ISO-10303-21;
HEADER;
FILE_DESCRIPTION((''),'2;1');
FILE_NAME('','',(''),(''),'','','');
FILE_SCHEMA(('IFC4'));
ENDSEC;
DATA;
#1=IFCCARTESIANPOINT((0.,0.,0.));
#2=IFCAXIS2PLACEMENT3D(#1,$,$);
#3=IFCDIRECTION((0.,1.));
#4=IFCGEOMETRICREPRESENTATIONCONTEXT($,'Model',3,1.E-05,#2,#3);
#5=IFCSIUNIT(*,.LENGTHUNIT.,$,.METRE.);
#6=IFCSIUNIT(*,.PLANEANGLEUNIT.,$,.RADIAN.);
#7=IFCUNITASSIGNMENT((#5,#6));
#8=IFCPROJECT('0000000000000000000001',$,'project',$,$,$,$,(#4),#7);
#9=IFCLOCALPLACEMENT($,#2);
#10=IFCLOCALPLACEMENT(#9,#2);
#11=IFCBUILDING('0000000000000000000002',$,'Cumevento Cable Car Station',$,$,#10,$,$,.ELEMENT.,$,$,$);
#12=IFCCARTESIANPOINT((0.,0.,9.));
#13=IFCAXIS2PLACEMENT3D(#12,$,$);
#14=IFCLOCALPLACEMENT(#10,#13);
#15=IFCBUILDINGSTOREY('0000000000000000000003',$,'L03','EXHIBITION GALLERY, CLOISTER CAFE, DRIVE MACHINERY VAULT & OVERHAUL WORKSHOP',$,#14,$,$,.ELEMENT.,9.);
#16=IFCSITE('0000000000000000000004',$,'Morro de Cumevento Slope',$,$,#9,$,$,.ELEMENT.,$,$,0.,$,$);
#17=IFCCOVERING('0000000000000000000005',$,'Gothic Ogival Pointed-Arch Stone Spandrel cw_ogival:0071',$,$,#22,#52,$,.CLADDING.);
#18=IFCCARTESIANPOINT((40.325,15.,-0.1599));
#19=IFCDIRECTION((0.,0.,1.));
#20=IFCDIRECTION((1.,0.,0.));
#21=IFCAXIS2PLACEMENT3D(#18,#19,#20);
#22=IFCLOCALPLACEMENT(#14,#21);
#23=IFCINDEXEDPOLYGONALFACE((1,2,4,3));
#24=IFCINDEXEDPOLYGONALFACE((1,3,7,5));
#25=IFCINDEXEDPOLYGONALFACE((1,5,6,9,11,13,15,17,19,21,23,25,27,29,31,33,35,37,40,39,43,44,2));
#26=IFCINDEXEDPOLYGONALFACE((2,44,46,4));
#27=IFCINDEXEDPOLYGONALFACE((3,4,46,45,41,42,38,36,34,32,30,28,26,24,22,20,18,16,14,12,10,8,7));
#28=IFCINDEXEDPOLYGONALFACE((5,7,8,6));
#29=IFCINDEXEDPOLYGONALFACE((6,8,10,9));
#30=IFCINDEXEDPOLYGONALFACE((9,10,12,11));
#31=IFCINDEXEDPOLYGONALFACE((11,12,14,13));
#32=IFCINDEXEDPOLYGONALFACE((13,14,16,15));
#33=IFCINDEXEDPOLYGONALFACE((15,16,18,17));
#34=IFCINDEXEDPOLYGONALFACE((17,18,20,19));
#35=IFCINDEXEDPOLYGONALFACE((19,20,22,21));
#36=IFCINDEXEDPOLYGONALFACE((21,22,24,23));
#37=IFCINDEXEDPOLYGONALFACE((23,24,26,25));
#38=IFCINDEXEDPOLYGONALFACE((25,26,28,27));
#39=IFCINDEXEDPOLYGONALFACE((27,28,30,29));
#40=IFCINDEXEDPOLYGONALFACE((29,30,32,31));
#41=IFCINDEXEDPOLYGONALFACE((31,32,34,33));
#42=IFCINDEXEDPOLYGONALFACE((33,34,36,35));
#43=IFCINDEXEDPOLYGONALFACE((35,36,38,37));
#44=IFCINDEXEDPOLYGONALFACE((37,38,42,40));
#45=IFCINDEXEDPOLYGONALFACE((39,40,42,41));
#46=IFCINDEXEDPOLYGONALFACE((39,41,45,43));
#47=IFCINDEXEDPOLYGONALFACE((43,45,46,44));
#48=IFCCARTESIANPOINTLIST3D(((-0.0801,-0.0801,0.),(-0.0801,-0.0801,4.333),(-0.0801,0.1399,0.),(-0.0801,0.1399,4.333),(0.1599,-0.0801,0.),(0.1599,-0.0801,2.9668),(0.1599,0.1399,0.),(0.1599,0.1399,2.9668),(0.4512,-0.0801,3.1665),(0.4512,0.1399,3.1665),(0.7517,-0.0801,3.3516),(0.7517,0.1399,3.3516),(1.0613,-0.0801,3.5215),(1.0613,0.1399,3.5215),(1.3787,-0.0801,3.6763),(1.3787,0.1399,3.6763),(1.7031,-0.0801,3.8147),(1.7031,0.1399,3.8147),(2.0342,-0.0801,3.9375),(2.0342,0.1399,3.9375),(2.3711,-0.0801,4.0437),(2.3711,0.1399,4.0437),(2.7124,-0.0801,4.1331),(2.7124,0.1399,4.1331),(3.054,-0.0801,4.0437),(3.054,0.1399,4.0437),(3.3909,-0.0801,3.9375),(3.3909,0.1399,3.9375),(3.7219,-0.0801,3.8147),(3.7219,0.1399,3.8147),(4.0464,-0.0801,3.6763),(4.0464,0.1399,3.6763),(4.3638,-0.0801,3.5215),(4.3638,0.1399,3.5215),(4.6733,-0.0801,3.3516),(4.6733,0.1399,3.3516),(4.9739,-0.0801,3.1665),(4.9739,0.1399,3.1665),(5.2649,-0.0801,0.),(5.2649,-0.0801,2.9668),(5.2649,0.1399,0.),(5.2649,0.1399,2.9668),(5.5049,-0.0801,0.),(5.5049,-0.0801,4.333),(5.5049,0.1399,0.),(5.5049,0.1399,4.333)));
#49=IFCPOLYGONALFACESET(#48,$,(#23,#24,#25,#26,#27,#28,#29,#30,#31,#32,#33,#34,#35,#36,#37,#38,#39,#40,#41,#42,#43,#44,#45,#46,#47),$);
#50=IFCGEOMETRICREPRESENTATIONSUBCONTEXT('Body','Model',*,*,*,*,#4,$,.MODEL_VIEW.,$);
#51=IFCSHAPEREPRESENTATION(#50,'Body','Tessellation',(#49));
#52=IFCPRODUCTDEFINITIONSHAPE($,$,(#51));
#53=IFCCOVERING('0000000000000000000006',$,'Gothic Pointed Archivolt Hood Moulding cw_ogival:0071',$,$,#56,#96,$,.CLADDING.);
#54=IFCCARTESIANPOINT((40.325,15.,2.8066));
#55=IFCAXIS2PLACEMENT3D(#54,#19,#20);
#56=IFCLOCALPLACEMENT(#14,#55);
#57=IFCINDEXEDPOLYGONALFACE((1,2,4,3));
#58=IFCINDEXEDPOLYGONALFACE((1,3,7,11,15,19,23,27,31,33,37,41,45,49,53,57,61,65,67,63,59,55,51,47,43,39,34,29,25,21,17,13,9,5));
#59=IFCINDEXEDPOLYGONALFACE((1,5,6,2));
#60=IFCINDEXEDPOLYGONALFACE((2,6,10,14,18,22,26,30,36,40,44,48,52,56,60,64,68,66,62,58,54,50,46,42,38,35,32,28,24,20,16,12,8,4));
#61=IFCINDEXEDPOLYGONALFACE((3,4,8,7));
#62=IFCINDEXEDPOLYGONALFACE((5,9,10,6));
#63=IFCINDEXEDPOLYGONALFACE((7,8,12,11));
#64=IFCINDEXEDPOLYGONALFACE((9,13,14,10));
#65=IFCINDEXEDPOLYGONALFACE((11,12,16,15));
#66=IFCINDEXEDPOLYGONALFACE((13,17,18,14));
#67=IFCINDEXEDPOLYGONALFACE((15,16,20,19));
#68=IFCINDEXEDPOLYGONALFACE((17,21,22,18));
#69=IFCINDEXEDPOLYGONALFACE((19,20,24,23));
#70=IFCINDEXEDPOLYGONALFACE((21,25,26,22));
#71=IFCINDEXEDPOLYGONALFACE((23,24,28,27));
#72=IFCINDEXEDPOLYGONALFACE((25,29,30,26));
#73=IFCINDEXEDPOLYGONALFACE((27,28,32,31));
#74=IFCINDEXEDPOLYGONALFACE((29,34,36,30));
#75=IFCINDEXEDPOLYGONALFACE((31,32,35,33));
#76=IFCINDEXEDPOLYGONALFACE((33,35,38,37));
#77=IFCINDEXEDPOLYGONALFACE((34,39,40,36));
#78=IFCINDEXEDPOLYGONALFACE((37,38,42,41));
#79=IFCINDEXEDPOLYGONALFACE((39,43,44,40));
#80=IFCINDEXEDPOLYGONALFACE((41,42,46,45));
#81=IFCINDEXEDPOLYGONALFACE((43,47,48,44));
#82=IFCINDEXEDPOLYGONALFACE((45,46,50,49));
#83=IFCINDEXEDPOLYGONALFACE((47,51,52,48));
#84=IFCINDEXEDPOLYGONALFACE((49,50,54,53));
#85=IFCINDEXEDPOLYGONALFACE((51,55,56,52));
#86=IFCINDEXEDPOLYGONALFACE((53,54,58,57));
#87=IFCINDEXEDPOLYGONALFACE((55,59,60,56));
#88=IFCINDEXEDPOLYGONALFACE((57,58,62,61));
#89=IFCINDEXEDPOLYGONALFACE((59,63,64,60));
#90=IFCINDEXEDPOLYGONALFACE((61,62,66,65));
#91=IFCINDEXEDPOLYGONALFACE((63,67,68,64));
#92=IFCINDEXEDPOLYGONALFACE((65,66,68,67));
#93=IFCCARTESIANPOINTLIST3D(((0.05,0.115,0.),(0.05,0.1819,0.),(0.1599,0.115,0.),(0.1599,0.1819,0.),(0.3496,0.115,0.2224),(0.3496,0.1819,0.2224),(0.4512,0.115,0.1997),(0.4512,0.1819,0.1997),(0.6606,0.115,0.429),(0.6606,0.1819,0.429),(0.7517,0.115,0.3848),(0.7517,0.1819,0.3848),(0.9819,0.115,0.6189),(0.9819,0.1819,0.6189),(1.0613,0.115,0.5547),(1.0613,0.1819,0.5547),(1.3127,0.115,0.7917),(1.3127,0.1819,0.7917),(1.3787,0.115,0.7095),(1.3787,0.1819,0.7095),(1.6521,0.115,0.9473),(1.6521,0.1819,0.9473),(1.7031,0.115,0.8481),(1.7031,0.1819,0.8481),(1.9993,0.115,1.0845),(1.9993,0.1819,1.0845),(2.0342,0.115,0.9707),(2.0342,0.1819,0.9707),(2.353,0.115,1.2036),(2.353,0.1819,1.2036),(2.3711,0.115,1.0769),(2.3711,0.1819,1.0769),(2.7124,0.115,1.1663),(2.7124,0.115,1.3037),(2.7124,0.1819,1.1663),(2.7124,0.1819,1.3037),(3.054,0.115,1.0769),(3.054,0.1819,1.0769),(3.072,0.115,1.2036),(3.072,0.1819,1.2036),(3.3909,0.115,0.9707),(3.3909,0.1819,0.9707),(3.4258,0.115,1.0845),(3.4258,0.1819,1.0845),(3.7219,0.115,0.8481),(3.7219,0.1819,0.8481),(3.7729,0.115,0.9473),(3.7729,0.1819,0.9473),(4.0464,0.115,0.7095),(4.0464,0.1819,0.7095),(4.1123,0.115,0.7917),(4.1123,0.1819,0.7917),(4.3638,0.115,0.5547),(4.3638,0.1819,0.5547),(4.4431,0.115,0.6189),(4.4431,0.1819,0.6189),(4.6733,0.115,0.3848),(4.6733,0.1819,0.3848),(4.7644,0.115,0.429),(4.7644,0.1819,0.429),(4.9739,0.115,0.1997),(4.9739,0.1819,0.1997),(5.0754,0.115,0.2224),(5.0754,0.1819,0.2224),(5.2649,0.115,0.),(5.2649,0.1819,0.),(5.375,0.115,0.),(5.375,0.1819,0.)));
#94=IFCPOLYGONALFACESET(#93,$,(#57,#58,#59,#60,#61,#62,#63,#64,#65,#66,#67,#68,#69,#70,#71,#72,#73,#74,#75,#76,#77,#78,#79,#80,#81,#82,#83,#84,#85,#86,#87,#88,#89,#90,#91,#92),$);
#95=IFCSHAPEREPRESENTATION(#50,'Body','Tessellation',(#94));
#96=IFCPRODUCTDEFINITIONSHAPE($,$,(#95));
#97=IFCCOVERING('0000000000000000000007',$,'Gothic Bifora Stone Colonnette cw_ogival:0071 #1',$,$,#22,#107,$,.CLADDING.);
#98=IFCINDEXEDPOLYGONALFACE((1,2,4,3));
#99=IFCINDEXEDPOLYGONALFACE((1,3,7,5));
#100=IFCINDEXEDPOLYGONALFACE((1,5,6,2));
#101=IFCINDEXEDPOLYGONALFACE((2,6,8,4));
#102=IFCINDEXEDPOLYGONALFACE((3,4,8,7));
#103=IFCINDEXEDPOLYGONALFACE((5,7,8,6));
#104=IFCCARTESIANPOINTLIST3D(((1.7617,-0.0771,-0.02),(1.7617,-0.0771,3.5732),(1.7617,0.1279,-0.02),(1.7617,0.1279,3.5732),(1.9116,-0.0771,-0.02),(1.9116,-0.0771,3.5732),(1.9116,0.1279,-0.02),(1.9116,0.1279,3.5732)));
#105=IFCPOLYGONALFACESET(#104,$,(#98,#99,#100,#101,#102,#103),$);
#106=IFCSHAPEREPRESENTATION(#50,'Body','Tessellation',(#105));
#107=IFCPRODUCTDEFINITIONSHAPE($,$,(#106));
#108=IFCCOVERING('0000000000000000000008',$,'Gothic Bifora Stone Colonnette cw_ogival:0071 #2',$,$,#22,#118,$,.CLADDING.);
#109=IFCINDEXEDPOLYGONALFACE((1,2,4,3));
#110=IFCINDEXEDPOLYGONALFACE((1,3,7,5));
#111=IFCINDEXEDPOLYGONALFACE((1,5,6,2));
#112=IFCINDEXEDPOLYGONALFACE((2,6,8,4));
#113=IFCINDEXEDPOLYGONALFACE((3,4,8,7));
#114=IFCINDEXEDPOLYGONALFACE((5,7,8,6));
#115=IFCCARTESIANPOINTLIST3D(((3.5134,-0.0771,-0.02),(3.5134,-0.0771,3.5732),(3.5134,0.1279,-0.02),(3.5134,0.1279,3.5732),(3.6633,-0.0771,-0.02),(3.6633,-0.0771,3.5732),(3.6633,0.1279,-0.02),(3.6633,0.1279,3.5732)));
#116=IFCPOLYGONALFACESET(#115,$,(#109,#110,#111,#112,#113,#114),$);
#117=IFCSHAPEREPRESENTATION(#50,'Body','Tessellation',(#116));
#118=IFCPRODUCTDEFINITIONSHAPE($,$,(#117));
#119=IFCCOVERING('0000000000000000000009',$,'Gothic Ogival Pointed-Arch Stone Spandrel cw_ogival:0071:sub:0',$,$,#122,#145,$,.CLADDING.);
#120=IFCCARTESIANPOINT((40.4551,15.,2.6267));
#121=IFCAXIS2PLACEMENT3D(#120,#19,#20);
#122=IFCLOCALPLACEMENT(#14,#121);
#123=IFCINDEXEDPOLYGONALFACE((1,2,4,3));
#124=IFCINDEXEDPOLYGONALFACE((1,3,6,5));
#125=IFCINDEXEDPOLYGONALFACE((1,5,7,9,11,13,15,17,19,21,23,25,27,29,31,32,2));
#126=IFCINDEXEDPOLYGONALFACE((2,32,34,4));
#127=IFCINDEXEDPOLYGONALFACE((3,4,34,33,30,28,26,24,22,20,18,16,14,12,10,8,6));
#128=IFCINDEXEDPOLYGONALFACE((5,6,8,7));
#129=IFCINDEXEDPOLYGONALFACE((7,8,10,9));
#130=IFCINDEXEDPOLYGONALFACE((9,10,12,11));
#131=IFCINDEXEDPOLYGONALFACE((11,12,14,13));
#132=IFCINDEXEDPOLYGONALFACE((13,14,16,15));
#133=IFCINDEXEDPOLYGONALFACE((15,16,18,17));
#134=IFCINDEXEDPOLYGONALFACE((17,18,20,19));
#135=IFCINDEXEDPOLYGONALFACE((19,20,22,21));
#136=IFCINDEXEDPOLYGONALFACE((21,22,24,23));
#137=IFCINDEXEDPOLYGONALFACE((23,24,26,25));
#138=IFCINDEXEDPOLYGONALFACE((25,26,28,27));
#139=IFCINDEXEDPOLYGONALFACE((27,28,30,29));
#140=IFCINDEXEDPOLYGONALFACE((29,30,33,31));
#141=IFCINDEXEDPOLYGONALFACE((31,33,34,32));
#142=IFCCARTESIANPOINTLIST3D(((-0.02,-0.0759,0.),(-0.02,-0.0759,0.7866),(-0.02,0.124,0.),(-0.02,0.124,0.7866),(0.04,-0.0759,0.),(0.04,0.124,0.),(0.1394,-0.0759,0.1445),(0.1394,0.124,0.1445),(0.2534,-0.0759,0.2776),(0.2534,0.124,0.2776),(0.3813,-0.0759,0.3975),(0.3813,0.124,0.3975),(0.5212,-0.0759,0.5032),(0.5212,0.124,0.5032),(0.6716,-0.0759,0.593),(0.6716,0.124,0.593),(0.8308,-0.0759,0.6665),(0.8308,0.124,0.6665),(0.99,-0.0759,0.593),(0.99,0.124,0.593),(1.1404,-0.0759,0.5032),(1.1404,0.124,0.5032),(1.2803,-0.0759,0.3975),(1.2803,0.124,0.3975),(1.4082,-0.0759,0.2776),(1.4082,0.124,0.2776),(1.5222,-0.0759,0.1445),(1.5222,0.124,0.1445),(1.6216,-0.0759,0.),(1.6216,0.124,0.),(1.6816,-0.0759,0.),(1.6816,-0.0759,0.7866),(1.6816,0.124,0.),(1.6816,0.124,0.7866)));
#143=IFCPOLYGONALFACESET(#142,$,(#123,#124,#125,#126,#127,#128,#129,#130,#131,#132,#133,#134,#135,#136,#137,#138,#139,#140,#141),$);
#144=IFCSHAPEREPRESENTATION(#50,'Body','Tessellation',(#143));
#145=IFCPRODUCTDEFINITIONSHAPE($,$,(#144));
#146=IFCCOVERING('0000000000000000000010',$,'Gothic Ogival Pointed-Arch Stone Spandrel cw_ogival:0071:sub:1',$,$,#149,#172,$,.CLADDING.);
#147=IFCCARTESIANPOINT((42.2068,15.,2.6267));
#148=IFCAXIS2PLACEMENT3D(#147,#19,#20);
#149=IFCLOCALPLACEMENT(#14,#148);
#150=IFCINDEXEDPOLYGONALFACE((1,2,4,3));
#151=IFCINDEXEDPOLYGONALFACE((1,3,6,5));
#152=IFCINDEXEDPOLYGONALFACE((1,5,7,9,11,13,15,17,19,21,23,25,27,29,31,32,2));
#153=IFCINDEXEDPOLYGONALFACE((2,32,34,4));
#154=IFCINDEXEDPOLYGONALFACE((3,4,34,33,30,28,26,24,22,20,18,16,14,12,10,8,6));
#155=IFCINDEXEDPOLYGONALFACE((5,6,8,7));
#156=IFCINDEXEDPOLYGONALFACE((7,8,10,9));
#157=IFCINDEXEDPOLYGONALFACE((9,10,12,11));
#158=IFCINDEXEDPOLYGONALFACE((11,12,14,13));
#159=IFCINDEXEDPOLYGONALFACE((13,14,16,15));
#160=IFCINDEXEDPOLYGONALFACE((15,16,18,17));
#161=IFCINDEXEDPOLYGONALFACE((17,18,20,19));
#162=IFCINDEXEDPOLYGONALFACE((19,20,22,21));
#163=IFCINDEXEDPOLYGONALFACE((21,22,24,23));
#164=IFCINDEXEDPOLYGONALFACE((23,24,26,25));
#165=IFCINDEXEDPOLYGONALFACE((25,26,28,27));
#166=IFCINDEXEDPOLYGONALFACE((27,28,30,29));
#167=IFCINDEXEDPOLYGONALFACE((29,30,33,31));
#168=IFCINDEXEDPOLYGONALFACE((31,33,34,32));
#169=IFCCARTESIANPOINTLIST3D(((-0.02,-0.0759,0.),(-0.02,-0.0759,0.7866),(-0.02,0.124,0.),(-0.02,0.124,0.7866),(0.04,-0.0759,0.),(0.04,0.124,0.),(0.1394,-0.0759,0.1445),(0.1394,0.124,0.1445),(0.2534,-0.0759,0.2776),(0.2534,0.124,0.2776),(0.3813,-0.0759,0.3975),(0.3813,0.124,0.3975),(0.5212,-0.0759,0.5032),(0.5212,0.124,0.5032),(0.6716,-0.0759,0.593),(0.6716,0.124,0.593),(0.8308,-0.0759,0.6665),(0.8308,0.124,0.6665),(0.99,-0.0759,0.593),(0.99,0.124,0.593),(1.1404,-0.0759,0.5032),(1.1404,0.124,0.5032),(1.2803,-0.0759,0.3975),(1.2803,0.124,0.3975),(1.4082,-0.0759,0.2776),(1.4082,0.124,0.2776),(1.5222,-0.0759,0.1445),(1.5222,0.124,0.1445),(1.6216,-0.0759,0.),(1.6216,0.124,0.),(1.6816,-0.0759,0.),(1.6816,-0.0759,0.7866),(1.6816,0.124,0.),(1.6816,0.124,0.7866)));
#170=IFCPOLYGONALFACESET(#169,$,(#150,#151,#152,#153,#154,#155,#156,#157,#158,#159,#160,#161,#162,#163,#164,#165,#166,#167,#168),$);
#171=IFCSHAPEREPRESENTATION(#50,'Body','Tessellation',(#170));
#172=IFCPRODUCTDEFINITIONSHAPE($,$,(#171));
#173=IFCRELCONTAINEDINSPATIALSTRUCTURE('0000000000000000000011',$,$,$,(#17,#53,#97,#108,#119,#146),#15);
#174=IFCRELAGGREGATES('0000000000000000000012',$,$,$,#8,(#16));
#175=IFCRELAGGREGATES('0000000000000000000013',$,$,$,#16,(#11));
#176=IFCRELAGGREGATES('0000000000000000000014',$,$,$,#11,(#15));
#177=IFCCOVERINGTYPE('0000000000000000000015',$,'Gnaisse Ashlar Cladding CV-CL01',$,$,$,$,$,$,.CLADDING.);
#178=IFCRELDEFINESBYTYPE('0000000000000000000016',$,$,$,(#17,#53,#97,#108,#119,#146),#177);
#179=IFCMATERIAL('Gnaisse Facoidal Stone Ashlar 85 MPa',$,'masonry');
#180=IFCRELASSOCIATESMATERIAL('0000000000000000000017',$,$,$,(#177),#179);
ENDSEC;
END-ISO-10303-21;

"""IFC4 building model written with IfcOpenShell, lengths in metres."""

from ifc_helpers import new_model, si_unit, direction, frame, origin, place, context, subcontext, project, spatial, polyline, outline, extrude, material, type_object, element, save


model = new_model("IFC4")

# Units and contexts
model_context = context("Model", 3, precision=1e-05, world=origin(), true_north=direction((0.0, 1.0)))
body_context = subcontext(model_context, "Body", "Model", "MODEL_VIEW")
ifc_project = project(units=[si_unit("LENGTHUNIT", "METRE"), si_unit("PLANEANGLEUNIT", "RADIAN")], contexts=[model_context])

# Site, building, storey
site_placement = place(None, origin())
site = spatial("IfcSite", under=ifc_project, at=site_placement, Name="Morro de Cumevento Slope", CompositionType="ELEMENT", RefElevation=0.0)
building_placement = place(site_placement, origin())
building = spatial("IfcBuilding", under=site, at=building_placement, Name="Cumevento Cable Car Station", CompositionType="ELEMENT")
storey_placement = place(building_placement, frame((0.0, 0.0, 9.0)))
storey = spatial("IfcBuildingStorey", under=building, at=storey_placement, Name="L03", Description="EXHIBITION GALLERY, CLOISTER CAFE, DRIVE MACHINERY VAULT & OVERHAUL WORKSHOP", CompositionType="ELEMENT", Elevation=9.0)

# Coverings
ifc_material_1 = material(Name="Gnaisse Facoidal Stone Ashlar 85 MPa", Category="masonry")
covering_type = type_object("IfcCoveringType", Name="Gnaisse Ashlar Cladding CV-CL01", PredefinedType="CLADDING", material=ifc_material_1)
placement = place(storey_placement, frame((40.325, 15.0, -0.1599), z_axis=(0.0, 0.0, 1.0), x_axis=(1.0, 0.0, 0.0)))
element("IfcCovering", 1, at=placement, inside=storey, type_object=covering_type, Name="Gothic Ogival Pointed-Arch Stone Spandrel cw_ogival:0071", PredefinedType="CLADDING", context=body_context, shape_type="SweptSolid", body=[
    extrude(outline(polyline([(-0.0801, 0.0), (-0.0801, 4.333), (5.5049, 4.333), (5.5049, 0.0), (5.2649, 0.0), (5.2649, 2.9668), (4.9739, 3.1665), (4.6733, 3.3516), (4.3638, 3.5215), (4.0464, 3.6763), (3.7219, 3.8147), (3.3909, 3.9375), (3.054, 4.0437), (2.7124, 4.1331), (2.3711, 4.0437), (2.0342, 3.9375), (1.7031, 3.8147), (1.3787, 3.6763), (1.0613, 3.5215), (0.7517, 3.3516), (0.4512, 3.1665), (0.1599, 2.9668), (0.1599, 0.0), (-0.0801, 0.0)])), frame((0.0, 0.1399, 0.0), z_axis=(0.0, -1.0, 0.0), x_axis=(1.0, 0.0, 0.0)), (0.0, 0.0, 1.0), 0.22),
])
covering_1_placement = place(storey_placement, frame((40.325, 15.0, 2.8066), z_axis=(0.0, 0.0, 1.0), x_axis=(1.0, 0.0, 0.0)))
element("IfcCovering", 2, at=covering_1_placement, inside=storey, type_object=covering_type, Name="Gothic Pointed Archivolt Hood Moulding cw_ogival:0071", PredefinedType="CLADDING", context=body_context, shape_type="SweptSolid", body=[
    extrude(outline(polyline([(0.1599, 0.0), (0.4512, 0.1997), (0.7517, 0.3848), (1.0613, 0.5547), (1.3787, 0.7095), (1.7031, 0.8481), (2.0342, 0.9707), (2.3711, 1.0769), (2.7124, 1.1663), (3.054, 1.0769), (3.3909, 0.9707), (3.7219, 0.8481), (4.0464, 0.7095), (4.3638, 0.5547), (4.6733, 0.3848), (4.9739, 0.1997), (5.2649, 0.0), (5.375, 0.0), (5.0754, 0.2224), (4.7644, 0.429), (4.4431, 0.6189), (4.1123, 0.7917), (3.7729, 0.9473), (3.4258, 1.0845), (3.072, 1.2036), (2.7124, 1.3037), (2.353, 1.2036), (1.9993, 1.0845), (1.6521, 0.9473), (1.3127, 0.7917), (0.9819, 0.6189), (0.6606, 0.429), (0.3496, 0.2224), (0.05, 0.0), (0.1599, 0.0)])), frame((0.0, 0.1819, 0.0), z_axis=(0.0, -1.0, 0.0), x_axis=(1.0, 0.0, 0.0)), (0.0, 0.0, 1.0), 0.0669),
])
element("IfcCovering", 3, at=placement, inside=storey, type_object=covering_type, Name="Gothic Bifora Stone Colonnette cw_ogival:0071 #1", PredefinedType="CLADDING", context=body_context, shape_type="SweptSolid", body=[
    extrude(outline(polyline([(1.7617, -0.02), (1.9116, -0.02), (1.9116, 3.5732), (1.7617, 3.5732), (1.7617, -0.02)])), frame((0.0, 0.1279, 0.0), z_axis=(0.0, -1.0, 0.0), x_axis=(1.0, 0.0, 0.0)), (0.0, 0.0, 1.0), 0.2051),
])
element("IfcCovering", 4, at=placement, inside=storey, type_object=covering_type, Name="Gothic Bifora Stone Colonnette cw_ogival:0071 #2", PredefinedType="CLADDING", context=body_context, shape_type="SweptSolid", body=[
    extrude(outline(polyline([(3.5134, -0.02), (3.6633, -0.02), (3.6633, 3.5732), (3.5134, 3.5732), (3.5134, -0.02)])), frame((0.0, 0.1279, 0.0), z_axis=(0.0, -1.0, 0.0), x_axis=(1.0, 0.0, 0.0)), (0.0, 0.0, 1.0), 0.2051),
])
for number, where, z_axis, x_axis, name in (
    (5, (40.4551, 15.0, 2.6267), (0.0, 0.0, 1.0), (1.0, 0.0, 0.0), "Gothic Ogival Pointed-Arch Stone Spandrel cw_ogival:0071:sub:0"),
    (6, (42.2068, 15.0, 2.6267), (0.0, 0.0, 1.0), (1.0, 0.0, 0.0), "Gothic Ogival Pointed-Arch Stone Spandrel cw_ogival:0071:sub:1"),
):
    element("IfcCovering", number, at=place(storey_placement, frame(where, z_axis=z_axis, x_axis=x_axis)), inside=storey, type_object=covering_type, Name=name, PredefinedType="CLADDING", context=body_context, shape_type="SweptSolid", body=[
        extrude(outline(polyline([(-0.02, 0.0), (-0.02, 0.7866), (1.6816, 0.7866), (1.6816, 0.0), (1.6216, 0.0), (1.5222, 0.1445), (1.4082, 0.2776), (1.2803, 0.3975), (1.1404, 0.5032), (0.99, 0.593), (0.8308, 0.6665), (0.6716, 0.593), (0.5212, 0.5032), (0.3813, 0.3975), (0.2534, 0.2776), (0.1394, 0.1445), (0.04, 0.0), (-0.02, 0.0)])), frame((0.0, 0.124, 0.0), z_axis=(0.0, -1.0, 0.0), x_axis=(1.0, 0.0, 0.0)), (0.0, 0.0, 1.0), 0.2),
    ])

save(model, "model.ifc")
